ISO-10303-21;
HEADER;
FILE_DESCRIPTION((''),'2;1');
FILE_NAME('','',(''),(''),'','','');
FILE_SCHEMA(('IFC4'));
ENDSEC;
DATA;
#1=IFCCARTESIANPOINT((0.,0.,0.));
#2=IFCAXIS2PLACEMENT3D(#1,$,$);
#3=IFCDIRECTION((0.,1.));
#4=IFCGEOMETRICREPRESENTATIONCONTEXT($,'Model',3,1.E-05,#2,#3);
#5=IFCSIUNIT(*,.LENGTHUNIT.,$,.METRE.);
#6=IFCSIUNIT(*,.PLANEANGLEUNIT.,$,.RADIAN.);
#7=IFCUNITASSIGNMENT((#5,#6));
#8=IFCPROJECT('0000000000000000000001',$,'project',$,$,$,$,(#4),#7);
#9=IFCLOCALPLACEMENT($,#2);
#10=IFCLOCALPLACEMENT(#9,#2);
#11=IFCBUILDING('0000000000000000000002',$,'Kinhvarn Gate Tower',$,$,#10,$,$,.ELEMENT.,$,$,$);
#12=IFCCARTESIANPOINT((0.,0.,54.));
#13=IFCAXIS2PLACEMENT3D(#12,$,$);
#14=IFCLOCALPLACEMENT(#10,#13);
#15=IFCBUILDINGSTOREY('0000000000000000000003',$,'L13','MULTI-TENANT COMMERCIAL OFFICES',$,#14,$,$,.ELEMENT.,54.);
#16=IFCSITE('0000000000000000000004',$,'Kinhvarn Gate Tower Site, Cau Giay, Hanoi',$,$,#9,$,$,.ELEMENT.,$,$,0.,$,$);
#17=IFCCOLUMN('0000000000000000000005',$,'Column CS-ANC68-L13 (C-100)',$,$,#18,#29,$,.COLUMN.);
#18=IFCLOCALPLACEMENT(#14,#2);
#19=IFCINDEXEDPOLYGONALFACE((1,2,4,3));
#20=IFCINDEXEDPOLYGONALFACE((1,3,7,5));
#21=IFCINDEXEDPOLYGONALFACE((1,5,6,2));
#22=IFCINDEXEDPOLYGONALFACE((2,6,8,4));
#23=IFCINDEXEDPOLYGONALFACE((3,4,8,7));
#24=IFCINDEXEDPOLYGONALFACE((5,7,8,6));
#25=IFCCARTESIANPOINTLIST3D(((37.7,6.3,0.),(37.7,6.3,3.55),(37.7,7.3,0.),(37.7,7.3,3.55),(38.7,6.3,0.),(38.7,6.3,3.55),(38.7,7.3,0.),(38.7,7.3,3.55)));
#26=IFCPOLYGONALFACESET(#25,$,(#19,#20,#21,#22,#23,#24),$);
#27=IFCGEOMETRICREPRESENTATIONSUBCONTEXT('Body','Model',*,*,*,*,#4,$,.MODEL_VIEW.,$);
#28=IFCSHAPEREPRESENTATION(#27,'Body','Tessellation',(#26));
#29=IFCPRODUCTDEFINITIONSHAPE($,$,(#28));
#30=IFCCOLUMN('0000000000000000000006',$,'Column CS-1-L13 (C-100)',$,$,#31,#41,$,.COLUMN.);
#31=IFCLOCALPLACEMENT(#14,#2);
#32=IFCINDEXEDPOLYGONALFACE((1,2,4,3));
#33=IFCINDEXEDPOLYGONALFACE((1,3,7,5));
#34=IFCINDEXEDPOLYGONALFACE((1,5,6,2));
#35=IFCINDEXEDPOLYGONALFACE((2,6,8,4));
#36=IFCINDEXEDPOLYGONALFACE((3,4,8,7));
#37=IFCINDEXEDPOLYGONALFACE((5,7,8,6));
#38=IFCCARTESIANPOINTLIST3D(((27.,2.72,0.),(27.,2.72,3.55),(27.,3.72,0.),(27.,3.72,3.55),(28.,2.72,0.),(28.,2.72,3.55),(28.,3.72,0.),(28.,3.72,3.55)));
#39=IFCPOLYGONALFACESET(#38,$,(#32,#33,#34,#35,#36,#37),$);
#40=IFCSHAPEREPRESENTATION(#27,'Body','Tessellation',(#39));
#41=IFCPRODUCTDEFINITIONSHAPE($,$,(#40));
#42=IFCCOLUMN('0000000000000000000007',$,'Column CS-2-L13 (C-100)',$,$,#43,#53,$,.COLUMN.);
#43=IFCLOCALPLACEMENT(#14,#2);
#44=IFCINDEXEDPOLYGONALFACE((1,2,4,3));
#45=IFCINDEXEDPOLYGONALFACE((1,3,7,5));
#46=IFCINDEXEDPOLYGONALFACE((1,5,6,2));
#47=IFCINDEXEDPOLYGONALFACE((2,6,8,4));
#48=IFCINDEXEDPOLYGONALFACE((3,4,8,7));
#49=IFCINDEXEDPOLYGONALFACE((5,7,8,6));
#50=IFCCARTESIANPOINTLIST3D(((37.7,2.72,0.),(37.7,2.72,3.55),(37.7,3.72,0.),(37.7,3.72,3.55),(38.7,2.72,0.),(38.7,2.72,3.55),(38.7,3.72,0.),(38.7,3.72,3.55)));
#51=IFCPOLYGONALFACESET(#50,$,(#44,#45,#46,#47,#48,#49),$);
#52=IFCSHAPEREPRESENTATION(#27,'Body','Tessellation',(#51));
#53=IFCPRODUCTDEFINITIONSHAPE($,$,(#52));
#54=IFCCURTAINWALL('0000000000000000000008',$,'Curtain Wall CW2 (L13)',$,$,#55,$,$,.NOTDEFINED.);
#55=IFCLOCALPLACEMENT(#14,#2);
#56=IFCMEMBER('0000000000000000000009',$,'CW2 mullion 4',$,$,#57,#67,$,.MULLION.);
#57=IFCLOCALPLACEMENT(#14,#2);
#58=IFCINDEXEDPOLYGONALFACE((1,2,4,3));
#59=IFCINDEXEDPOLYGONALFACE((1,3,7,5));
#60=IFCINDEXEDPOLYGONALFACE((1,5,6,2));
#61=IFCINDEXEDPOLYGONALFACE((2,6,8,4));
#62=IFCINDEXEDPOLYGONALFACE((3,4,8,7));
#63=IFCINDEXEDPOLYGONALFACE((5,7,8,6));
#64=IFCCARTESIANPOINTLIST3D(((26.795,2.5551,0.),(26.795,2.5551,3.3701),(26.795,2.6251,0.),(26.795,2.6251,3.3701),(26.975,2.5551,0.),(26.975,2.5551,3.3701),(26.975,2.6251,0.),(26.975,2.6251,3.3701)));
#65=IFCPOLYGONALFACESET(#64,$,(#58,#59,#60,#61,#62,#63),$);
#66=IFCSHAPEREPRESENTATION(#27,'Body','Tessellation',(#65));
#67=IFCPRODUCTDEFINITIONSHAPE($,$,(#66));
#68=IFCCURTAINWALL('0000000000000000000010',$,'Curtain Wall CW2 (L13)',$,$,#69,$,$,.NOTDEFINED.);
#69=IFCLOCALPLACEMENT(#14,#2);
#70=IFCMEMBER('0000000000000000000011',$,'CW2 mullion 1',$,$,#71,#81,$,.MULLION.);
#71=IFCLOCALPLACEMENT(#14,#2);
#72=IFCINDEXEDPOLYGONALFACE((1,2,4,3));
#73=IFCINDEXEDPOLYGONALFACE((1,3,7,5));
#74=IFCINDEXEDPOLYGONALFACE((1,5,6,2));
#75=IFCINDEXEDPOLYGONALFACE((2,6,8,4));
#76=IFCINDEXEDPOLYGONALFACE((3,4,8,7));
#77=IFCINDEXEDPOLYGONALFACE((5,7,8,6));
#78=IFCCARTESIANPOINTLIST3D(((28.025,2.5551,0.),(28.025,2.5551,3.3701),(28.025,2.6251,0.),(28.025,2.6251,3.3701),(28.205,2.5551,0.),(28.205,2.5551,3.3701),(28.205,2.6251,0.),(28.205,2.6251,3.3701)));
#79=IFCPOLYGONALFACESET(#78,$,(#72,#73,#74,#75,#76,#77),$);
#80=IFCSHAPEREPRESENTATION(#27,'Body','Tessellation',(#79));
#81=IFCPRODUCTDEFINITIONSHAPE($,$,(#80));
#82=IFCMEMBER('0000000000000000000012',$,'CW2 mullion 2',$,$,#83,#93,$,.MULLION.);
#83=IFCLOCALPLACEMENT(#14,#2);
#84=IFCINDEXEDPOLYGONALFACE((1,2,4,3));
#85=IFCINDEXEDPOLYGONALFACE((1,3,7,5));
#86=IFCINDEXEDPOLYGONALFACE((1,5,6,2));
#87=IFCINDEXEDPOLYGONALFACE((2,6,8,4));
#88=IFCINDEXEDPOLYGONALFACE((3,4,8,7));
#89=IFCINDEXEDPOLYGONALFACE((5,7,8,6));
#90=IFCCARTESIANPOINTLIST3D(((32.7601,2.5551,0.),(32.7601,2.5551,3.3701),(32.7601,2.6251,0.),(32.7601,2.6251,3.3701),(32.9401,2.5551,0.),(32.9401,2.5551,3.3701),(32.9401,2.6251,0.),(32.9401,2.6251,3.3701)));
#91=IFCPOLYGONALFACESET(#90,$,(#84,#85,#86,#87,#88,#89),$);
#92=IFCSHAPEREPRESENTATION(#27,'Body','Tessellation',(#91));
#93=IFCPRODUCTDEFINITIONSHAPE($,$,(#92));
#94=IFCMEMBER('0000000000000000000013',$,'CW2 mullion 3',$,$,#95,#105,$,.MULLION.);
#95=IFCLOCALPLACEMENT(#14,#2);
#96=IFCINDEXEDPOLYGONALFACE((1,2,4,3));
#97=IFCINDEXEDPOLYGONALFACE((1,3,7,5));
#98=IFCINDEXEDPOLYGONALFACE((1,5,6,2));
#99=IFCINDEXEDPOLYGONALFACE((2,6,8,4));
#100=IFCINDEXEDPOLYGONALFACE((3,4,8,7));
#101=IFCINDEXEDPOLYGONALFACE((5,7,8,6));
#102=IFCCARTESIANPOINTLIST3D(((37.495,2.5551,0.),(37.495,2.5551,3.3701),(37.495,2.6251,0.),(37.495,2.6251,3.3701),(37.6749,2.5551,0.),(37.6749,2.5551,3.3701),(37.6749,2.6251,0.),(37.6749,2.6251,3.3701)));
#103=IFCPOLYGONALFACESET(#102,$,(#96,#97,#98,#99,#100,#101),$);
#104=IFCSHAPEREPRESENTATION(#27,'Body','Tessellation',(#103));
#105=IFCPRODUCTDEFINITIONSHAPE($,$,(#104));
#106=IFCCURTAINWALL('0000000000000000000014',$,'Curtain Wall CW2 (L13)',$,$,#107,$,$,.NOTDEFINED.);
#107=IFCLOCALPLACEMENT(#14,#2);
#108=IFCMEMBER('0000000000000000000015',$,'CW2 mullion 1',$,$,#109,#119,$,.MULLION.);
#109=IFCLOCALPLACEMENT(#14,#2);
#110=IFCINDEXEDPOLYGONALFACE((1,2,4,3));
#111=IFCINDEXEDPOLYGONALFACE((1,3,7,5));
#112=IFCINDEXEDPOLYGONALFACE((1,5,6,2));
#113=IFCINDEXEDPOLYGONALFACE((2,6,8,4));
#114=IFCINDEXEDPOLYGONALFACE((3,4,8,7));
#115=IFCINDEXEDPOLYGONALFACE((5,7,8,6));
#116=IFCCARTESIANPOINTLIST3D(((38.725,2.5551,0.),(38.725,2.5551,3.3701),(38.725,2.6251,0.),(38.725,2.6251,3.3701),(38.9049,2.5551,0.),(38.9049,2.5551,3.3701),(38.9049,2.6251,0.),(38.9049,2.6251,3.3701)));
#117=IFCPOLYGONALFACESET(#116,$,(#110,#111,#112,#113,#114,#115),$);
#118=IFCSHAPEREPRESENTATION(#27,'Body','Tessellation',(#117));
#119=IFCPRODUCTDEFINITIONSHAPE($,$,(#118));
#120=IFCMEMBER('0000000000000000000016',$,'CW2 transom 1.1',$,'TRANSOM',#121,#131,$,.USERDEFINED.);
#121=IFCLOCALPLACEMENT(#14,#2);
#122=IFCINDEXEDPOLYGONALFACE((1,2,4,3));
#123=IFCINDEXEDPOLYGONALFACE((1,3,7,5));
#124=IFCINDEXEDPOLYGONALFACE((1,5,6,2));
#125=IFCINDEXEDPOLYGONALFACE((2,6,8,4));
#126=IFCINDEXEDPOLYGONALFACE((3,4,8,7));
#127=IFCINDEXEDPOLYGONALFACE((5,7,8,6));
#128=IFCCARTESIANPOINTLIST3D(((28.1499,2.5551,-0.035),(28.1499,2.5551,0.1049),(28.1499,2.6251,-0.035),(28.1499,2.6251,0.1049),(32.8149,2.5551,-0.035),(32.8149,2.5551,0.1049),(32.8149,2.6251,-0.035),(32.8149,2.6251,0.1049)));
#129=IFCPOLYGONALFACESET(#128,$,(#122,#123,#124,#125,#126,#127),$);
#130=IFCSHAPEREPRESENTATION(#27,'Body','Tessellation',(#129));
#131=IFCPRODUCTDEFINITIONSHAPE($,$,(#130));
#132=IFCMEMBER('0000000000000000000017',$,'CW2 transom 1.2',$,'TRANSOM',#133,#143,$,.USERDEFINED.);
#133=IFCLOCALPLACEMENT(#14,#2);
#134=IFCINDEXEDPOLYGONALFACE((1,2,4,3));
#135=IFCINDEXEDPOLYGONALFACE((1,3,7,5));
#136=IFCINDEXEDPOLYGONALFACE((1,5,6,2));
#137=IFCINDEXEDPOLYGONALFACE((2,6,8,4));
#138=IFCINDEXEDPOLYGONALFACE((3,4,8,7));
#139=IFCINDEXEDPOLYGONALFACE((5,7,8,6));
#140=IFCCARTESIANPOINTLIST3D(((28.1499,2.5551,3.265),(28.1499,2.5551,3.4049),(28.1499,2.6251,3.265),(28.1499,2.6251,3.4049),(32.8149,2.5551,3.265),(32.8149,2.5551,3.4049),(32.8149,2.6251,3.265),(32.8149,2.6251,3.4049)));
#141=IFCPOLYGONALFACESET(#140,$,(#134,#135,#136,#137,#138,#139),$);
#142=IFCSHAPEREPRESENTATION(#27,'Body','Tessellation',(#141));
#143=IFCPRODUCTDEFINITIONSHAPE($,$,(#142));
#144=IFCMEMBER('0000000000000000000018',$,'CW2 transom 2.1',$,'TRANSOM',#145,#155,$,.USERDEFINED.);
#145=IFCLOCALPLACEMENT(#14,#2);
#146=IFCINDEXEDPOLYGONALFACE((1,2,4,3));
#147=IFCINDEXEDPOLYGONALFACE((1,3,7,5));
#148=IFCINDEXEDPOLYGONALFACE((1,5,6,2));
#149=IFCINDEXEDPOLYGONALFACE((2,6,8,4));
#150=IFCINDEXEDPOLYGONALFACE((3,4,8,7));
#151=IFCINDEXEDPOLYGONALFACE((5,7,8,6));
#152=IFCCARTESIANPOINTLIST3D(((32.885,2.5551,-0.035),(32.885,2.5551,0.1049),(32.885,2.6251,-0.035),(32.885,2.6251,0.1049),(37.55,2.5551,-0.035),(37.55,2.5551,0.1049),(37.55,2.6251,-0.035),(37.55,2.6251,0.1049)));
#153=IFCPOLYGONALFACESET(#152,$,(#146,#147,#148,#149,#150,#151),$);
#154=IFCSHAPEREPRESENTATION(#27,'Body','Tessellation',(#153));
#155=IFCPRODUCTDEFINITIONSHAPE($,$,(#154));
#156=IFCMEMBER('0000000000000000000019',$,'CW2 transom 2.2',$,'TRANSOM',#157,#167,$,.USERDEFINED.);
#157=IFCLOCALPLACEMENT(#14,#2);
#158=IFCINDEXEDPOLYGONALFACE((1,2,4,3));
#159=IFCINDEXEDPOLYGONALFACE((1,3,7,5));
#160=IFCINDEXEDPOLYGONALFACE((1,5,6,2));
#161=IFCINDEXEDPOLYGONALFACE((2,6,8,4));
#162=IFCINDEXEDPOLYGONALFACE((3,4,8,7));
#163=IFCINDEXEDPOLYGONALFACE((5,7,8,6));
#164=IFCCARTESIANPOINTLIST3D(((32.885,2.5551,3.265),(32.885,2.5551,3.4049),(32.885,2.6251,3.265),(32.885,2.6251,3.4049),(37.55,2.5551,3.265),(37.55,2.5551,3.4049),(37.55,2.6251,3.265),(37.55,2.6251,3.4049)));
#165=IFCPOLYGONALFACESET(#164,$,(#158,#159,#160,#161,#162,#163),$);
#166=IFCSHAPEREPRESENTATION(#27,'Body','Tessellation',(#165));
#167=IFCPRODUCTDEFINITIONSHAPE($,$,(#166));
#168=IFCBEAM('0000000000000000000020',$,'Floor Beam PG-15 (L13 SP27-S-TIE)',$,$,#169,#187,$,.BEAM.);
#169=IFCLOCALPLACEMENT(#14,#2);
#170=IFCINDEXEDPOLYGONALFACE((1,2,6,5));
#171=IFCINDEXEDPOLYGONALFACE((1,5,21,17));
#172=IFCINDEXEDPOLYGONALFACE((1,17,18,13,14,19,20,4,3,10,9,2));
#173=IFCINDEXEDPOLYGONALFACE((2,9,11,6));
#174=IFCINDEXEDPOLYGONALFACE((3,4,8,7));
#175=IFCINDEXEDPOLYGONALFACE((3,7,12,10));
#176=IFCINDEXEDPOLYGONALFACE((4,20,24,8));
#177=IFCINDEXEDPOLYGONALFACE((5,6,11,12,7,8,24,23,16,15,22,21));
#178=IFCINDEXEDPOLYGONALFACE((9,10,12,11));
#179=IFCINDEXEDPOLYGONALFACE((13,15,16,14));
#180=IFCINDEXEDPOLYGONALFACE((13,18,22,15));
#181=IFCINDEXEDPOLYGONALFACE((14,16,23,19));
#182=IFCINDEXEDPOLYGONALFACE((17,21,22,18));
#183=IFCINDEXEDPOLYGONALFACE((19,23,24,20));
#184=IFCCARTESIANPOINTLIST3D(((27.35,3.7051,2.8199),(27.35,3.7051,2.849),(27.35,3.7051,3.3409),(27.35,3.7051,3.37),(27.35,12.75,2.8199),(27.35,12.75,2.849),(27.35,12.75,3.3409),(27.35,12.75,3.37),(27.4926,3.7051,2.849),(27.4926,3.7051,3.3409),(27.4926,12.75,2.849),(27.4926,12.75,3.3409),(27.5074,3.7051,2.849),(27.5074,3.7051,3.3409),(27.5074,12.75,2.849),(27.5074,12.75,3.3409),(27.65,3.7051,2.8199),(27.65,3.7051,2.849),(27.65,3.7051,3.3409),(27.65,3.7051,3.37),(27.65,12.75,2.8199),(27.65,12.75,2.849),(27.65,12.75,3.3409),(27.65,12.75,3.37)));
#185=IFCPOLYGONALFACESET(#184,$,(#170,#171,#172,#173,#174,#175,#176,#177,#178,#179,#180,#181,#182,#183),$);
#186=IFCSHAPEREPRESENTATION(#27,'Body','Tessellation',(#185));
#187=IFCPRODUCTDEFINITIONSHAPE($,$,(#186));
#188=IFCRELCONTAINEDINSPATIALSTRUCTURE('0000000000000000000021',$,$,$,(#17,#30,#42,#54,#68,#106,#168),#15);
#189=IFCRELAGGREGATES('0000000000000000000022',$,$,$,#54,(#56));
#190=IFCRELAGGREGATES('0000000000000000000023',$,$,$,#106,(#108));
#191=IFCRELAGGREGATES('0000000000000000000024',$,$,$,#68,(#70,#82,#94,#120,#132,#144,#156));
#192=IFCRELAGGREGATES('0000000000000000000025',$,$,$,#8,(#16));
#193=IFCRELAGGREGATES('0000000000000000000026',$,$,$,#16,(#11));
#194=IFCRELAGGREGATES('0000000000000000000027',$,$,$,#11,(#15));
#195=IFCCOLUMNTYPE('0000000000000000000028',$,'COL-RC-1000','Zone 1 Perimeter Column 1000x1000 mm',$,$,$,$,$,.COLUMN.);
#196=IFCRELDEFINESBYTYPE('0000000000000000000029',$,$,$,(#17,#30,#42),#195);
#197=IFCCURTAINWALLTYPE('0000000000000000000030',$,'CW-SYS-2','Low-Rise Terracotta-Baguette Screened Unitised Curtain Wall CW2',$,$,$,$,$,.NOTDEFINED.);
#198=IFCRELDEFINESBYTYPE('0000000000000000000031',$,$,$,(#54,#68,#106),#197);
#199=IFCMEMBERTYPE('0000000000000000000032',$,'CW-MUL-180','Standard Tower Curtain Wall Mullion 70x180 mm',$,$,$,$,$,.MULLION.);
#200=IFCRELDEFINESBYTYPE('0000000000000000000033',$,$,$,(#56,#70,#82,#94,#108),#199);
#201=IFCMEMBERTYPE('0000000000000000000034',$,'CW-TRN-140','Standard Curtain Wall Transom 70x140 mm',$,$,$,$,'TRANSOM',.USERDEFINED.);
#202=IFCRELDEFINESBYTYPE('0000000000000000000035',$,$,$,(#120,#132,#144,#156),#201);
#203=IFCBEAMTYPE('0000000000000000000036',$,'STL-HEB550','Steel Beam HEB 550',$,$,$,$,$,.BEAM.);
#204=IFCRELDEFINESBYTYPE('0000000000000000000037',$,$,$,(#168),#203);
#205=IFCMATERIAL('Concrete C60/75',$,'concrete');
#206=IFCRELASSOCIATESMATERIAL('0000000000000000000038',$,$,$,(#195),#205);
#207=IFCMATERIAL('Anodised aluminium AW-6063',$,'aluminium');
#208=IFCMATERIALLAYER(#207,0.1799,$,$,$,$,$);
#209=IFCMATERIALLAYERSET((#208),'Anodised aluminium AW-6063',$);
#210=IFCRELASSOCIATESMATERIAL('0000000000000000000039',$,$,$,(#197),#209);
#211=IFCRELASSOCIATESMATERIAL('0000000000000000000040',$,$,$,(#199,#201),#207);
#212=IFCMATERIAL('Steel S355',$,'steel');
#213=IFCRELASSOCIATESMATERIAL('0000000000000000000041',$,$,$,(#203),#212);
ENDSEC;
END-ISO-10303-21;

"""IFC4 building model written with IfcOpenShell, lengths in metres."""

from ifc_helpers import new_model, si_unit, direction, frame, origin, origin_2d, place, context, subcontext, project, spatial, rectangle, i_section, extrude, material, layer, layer_set, material_profile, profile_set, type_object, element, aggregate, save


model = new_model("IFC4")

# Units and contexts
model_context = context("Model", 3, precision=1e-05, world=origin(), true_north=direction((0.0, 1.0)))
body_context = subcontext(model_context, "Body", "Model", "MODEL_VIEW")
ifc_project = project(units=[si_unit("LENGTHUNIT", "METRE"), si_unit("PLANEANGLEUNIT", "RADIAN")], contexts=[model_context])

# Site, building, storey
site_placement = place(None, origin())
site = spatial("IfcSite", under=ifc_project, at=site_placement, Name="Kinhvarn Gate Tower Site, Cau Giay, Hanoi", CompositionType="ELEMENT", RefElevation=0.0)
building_placement = place(site_placement, origin())
building = spatial("IfcBuilding", under=site, at=building_placement, Name="Kinhvarn Gate Tower", CompositionType="ELEMENT")
storey_placement = place(building_placement, frame((0.0, 0.0, 54.0)))
storey = spatial("IfcBuildingStorey", under=building, at=storey_placement, Name="L13", Description="MULTI-TENANT COMMERCIAL OFFICES", CompositionType="ELEMENT", Elevation=54.0)

# Columns
ifc_material_1 = material(Name="Concrete C60/75", Category="concrete")
ifc_material_profile_1 = material_profile(ifc_material_1, rectangle(XDim=1.0, YDim=1.0, at=origin_2d()), Name="RC 1000x1000")
ifc_profile_set_1 = profile_set([ifc_material_profile_1], Name="Concrete C60/75")
column_type = type_object("IfcColumnType", Name="COL-RC-1000", Description="Zone 1 Perimeter Column 1000x1000 mm", PredefinedType="COLUMN", material=ifc_profile_set_1)
for number, where, z_axis, x_axis, name in (
    (1, (38.2, 6.8, 0.0), (0.0, 0.0, 1.0), (1.0, 0.0, 0.0), "Column CS-ANC68-L13 (C-100)"),
    (2, (27.5, 3.22, 0.0), (0.0, 0.0, 1.0), (1.0, 0.0, 0.0), "Column CS-1-L13 (C-100)"),
    (3, (38.2, 3.22, 0.0), (0.0, 0.0, 1.0), (1.0, 0.0, 0.0), "Column CS-2-L13 (C-100)"),
):
    element("IfcColumn", number, at=place(storey_placement, frame(where, z_axis=z_axis, x_axis=x_axis)), inside=storey, type_object=column_type, Name=name, PredefinedType="COLUMN", context=body_context, shape_type="SweptSolid", body=[
        extrude(rectangle(XDim=1.0, YDim=1.0, at=origin_2d()), origin(), (0.0, 0.0, 1.0), 3.55),
    ])

# Curtain wall, member
ifc_material_2 = material(Name="Anodised aluminium AW-6063", Category="aluminium")
ifc_layer_1 = layer(ifc_material_2, 0.1799)
ifc_layer_set_1 = layer_set([ifc_layer_1], Name="Anodised aluminium AW-6063")
curtain_wall_type = type_object("IfcCurtainWallType", Name="CW-SYS-2", Description="Low-Rise Terracotta-Baguette Screened Unitised Curtain Wall CW2", PredefinedType="NOTDEFINED", material=ifc_layer_set_1)
curtain_wall_1_placement = place(storey_placement, origin())
curtain_wall_1 = element("IfcCurtainWall", 4, at=curtain_wall_1_placement, inside=storey, type_object=curtain_wall_type, Name="Curtain Wall CW2 (L13)", PredefinedType="NOTDEFINED")
ifc_material_profile_2 = material_profile(ifc_material_2, rectangle(XDim=0.0701, YDim=0.1799, at=origin_2d()), Name="ALU 70x180")
ifc_profile_set_2 = profile_set([ifc_material_profile_2], Name="Anodised aluminium AW-6063")
member_type_1 = type_object("IfcMemberType", Name="CW-MUL-180", Description="Standard Tower Curtain Wall Mullion 70x180 mm", PredefinedType="MULLION", material=ifc_profile_set_2)
member_1_placement = place(storey_placement, frame((26.885, 2.5901, 0.0), z_axis=(0.0, 0.0, 1.0), x_axis=(0.0, 1.0, 0.0)))
member_1 = element("IfcMember", 5, at=member_1_placement, type_object=member_type_1, Name="CW2 mullion 4", PredefinedType="MULLION", context=body_context, shape_type="SweptSolid", body=[
    extrude(rectangle(XDim=0.0701, YDim=0.1799, at=origin_2d()), origin(), (0.0, 0.0, 1.0), 3.3701),
])
aggregate(curtain_wall_1, [member_1])

# Curtain wall, members
curtain_wall_2_placement = place(storey_placement, origin())
curtain_wall_2 = element("IfcCurtainWall", 6, at=curtain_wall_2_placement, inside=storey, type_object=curtain_wall_type, Name="Curtain Wall CW2 (L13)", PredefinedType="NOTDEFINED")
member_2_placement = place(storey_placement, frame((28.115, 2.5901, 0.0), z_axis=(0.0, 0.0, 1.0), x_axis=(0.0, 1.0, 0.0)))
member_2 = element("IfcMember", 7, at=member_2_placement, type_object=member_type_1, Name="CW2 mullion 1", PredefinedType="MULLION", context=body_context, shape_type="SweptSolid", body=[
    extrude(rectangle(XDim=0.0701, YDim=0.1799, at=origin_2d()), origin(), (0.0, 0.0, 1.0), 3.3701),
])
member_3_placement = place(storey_placement, frame((32.8501, 2.5901, 0.0), z_axis=(0.0, 0.0, 1.0), x_axis=(0.0, 1.0, 0.0)))
member_3 = element("IfcMember", 8, at=member_3_placement, type_object=member_type_1, Name="CW2 mullion 2", PredefinedType="MULLION", context=body_context, shape_type="SweptSolid", body=[
    extrude(rectangle(XDim=0.0701, YDim=0.1799, at=origin_2d()), origin(), (0.0, 0.0, 1.0), 3.3701),
])
member_4_placement = place(storey_placement, frame((37.585, 2.5901, 0.0), z_axis=(0.0, 0.0, 1.0), x_axis=(0.0, 1.0, 0.0)))
member_4 = element("IfcMember", 9, at=member_4_placement, type_object=member_type_1, Name="CW2 mullion 3", PredefinedType="MULLION", context=body_context, shape_type="SweptSolid", body=[
    extrude(rectangle(XDim=0.0701, YDim=0.1799, at=origin_2d()), origin(), (0.0, 0.0, 1.0), 3.3701),
])

# Curtain wall, member
curtain_wall_3_placement = place(storey_placement, origin())
curtain_wall_3 = element("IfcCurtainWall", 10, at=curtain_wall_3_placement, inside=storey, type_object=curtain_wall_type, Name="Curtain Wall CW2 (L13)", PredefinedType="NOTDEFINED")
member_5_placement = place(storey_placement, frame((38.8149, 2.5901, 0.0), z_axis=(0.0, 0.0, 1.0), x_axis=(0.0, 1.0, 0.0)))
member_5 = element("IfcMember", 11, at=member_5_placement, type_object=member_type_1, Name="CW2 mullion 1", PredefinedType="MULLION", context=body_context, shape_type="SweptSolid", body=[
    extrude(rectangle(XDim=0.0701, YDim=0.1799, at=origin_2d()), origin(), (0.0, 0.0, 1.0), 3.3701),
])
aggregate(curtain_wall_3, [member_5])

# Members
ifc_material_profile_3 = material_profile(ifc_material_2, rectangle(XDim=0.0701, YDim=0.1399, at=origin_2d()), Name="ALU 70x140")
ifc_profile_set_3 = profile_set([ifc_material_profile_3], Name="Anodised aluminium AW-6063")
member_type_2 = type_object("IfcMemberType", Name="CW-TRN-140", Description="Standard Curtain Wall Transom 70x140 mm", ElementType="TRANSOM", PredefinedType="USERDEFINED", material=ifc_profile_set_3)
member_6_placement = place(storey_placement, frame((28.1499, 2.5901, 0.0349), z_axis=(1.0, 0.0, 0.0), x_axis=(0.0, 1.0, 0.0)))
member_6 = element("IfcMember", 12, at=member_6_placement, type_object=member_type_2, Name="CW2 transom 1.1", ObjectType="TRANSOM", PredefinedType="USERDEFINED", context=body_context, shape_type="SweptSolid", body=[
    extrude(rectangle(XDim=0.0701, YDim=0.1399, at=origin_2d()), origin(), (0.0, 0.0, 1.0), 4.665),
])
member_7_placement = place(storey_placement, frame((28.1499, 2.5901, 3.335), z_axis=(1.0, 0.0, 0.0), x_axis=(0.0, 1.0, 0.0)))
member_7 = element("IfcMember", 13, at=member_7_placement, type_object=member_type_2, Name="CW2 transom 1.2", ObjectType="TRANSOM", PredefinedType="USERDEFINED", context=body_context, shape_type="SweptSolid", body=[
    extrude(rectangle(XDim=0.0701, YDim=0.1399, at=origin_2d()), origin(), (0.0, 0.0, 1.0), 4.665),
])
member_8_placement = place(storey_placement, frame((32.885, 2.5901, 0.0349), z_axis=(1.0, 0.0, 0.0), x_axis=(0.0, 1.0, 0.0)))
member_8 = element("IfcMember", 14, at=member_8_placement, type_object=member_type_2, Name="CW2 transom 2.1", ObjectType="TRANSOM", PredefinedType="USERDEFINED", context=body_context, shape_type="SweptSolid", body=[
    extrude(rectangle(XDim=0.0701, YDim=0.1399, at=origin_2d()), origin(), (0.0, 0.0, 1.0), 4.665),
])
member_9_placement = place(storey_placement, frame((32.885, 2.5901, 3.335), z_axis=(1.0, 0.0, 0.0), x_axis=(0.0, 1.0, 0.0)))
member_9 = element("IfcMember", 15, at=member_9_placement, type_object=member_type_2, Name="CW2 transom 2.2", ObjectType="TRANSOM", PredefinedType="USERDEFINED", context=body_context, shape_type="SweptSolid", body=[
    extrude(rectangle(XDim=0.0701, YDim=0.1399, at=origin_2d()), origin(), (0.0, 0.0, 1.0), 4.665),
])

# Beam
ifc_material_3 = material(Name="Steel S355", Category="steel")
ifc_material_profile_4 = material_profile(ifc_material_3, i_section(OverallWidth=0.3, OverallDepth=0.55, WebThickness=0.0149, FlangeThickness=0.0291, at=origin_2d()), Name="HEB 550")
ifc_profile_set_4 = profile_set([ifc_material_profile_4], Name="Steel S355")
beam_type_1 = type_object("IfcBeamType", Name="STL-HEB550", Description="Steel Beam HEB 550", PredefinedType="BEAM", material=ifc_profile_set_4)
beam_1_placement = place(storey_placement, frame((27.5, 3.7051, 3.095), z_axis=(0.0, 1.0, 0.0), x_axis=(-1.0, 0.0, 0.0)))
element("IfcBeam", 16, at=beam_1_placement, inside=storey, type_object=beam_type_1, Name="Floor Beam PG-15 (L13 SP27-S-TIE)", PredefinedType="BEAM", context=body_context, shape_type="SweptSolid", body=[
    extrude(i_section(OverallWidth=0.3, OverallDepth=0.55, WebThickness=0.0149, FlangeThickness=0.0291, at=origin_2d()), origin(), (0.0, 0.0, 1.0), 9.0449),
])

aggregate(curtain_wall_2, [member_2, member_3, member_4, member_6, member_7, member_8, member_9])

save(model, "model.ifc")
